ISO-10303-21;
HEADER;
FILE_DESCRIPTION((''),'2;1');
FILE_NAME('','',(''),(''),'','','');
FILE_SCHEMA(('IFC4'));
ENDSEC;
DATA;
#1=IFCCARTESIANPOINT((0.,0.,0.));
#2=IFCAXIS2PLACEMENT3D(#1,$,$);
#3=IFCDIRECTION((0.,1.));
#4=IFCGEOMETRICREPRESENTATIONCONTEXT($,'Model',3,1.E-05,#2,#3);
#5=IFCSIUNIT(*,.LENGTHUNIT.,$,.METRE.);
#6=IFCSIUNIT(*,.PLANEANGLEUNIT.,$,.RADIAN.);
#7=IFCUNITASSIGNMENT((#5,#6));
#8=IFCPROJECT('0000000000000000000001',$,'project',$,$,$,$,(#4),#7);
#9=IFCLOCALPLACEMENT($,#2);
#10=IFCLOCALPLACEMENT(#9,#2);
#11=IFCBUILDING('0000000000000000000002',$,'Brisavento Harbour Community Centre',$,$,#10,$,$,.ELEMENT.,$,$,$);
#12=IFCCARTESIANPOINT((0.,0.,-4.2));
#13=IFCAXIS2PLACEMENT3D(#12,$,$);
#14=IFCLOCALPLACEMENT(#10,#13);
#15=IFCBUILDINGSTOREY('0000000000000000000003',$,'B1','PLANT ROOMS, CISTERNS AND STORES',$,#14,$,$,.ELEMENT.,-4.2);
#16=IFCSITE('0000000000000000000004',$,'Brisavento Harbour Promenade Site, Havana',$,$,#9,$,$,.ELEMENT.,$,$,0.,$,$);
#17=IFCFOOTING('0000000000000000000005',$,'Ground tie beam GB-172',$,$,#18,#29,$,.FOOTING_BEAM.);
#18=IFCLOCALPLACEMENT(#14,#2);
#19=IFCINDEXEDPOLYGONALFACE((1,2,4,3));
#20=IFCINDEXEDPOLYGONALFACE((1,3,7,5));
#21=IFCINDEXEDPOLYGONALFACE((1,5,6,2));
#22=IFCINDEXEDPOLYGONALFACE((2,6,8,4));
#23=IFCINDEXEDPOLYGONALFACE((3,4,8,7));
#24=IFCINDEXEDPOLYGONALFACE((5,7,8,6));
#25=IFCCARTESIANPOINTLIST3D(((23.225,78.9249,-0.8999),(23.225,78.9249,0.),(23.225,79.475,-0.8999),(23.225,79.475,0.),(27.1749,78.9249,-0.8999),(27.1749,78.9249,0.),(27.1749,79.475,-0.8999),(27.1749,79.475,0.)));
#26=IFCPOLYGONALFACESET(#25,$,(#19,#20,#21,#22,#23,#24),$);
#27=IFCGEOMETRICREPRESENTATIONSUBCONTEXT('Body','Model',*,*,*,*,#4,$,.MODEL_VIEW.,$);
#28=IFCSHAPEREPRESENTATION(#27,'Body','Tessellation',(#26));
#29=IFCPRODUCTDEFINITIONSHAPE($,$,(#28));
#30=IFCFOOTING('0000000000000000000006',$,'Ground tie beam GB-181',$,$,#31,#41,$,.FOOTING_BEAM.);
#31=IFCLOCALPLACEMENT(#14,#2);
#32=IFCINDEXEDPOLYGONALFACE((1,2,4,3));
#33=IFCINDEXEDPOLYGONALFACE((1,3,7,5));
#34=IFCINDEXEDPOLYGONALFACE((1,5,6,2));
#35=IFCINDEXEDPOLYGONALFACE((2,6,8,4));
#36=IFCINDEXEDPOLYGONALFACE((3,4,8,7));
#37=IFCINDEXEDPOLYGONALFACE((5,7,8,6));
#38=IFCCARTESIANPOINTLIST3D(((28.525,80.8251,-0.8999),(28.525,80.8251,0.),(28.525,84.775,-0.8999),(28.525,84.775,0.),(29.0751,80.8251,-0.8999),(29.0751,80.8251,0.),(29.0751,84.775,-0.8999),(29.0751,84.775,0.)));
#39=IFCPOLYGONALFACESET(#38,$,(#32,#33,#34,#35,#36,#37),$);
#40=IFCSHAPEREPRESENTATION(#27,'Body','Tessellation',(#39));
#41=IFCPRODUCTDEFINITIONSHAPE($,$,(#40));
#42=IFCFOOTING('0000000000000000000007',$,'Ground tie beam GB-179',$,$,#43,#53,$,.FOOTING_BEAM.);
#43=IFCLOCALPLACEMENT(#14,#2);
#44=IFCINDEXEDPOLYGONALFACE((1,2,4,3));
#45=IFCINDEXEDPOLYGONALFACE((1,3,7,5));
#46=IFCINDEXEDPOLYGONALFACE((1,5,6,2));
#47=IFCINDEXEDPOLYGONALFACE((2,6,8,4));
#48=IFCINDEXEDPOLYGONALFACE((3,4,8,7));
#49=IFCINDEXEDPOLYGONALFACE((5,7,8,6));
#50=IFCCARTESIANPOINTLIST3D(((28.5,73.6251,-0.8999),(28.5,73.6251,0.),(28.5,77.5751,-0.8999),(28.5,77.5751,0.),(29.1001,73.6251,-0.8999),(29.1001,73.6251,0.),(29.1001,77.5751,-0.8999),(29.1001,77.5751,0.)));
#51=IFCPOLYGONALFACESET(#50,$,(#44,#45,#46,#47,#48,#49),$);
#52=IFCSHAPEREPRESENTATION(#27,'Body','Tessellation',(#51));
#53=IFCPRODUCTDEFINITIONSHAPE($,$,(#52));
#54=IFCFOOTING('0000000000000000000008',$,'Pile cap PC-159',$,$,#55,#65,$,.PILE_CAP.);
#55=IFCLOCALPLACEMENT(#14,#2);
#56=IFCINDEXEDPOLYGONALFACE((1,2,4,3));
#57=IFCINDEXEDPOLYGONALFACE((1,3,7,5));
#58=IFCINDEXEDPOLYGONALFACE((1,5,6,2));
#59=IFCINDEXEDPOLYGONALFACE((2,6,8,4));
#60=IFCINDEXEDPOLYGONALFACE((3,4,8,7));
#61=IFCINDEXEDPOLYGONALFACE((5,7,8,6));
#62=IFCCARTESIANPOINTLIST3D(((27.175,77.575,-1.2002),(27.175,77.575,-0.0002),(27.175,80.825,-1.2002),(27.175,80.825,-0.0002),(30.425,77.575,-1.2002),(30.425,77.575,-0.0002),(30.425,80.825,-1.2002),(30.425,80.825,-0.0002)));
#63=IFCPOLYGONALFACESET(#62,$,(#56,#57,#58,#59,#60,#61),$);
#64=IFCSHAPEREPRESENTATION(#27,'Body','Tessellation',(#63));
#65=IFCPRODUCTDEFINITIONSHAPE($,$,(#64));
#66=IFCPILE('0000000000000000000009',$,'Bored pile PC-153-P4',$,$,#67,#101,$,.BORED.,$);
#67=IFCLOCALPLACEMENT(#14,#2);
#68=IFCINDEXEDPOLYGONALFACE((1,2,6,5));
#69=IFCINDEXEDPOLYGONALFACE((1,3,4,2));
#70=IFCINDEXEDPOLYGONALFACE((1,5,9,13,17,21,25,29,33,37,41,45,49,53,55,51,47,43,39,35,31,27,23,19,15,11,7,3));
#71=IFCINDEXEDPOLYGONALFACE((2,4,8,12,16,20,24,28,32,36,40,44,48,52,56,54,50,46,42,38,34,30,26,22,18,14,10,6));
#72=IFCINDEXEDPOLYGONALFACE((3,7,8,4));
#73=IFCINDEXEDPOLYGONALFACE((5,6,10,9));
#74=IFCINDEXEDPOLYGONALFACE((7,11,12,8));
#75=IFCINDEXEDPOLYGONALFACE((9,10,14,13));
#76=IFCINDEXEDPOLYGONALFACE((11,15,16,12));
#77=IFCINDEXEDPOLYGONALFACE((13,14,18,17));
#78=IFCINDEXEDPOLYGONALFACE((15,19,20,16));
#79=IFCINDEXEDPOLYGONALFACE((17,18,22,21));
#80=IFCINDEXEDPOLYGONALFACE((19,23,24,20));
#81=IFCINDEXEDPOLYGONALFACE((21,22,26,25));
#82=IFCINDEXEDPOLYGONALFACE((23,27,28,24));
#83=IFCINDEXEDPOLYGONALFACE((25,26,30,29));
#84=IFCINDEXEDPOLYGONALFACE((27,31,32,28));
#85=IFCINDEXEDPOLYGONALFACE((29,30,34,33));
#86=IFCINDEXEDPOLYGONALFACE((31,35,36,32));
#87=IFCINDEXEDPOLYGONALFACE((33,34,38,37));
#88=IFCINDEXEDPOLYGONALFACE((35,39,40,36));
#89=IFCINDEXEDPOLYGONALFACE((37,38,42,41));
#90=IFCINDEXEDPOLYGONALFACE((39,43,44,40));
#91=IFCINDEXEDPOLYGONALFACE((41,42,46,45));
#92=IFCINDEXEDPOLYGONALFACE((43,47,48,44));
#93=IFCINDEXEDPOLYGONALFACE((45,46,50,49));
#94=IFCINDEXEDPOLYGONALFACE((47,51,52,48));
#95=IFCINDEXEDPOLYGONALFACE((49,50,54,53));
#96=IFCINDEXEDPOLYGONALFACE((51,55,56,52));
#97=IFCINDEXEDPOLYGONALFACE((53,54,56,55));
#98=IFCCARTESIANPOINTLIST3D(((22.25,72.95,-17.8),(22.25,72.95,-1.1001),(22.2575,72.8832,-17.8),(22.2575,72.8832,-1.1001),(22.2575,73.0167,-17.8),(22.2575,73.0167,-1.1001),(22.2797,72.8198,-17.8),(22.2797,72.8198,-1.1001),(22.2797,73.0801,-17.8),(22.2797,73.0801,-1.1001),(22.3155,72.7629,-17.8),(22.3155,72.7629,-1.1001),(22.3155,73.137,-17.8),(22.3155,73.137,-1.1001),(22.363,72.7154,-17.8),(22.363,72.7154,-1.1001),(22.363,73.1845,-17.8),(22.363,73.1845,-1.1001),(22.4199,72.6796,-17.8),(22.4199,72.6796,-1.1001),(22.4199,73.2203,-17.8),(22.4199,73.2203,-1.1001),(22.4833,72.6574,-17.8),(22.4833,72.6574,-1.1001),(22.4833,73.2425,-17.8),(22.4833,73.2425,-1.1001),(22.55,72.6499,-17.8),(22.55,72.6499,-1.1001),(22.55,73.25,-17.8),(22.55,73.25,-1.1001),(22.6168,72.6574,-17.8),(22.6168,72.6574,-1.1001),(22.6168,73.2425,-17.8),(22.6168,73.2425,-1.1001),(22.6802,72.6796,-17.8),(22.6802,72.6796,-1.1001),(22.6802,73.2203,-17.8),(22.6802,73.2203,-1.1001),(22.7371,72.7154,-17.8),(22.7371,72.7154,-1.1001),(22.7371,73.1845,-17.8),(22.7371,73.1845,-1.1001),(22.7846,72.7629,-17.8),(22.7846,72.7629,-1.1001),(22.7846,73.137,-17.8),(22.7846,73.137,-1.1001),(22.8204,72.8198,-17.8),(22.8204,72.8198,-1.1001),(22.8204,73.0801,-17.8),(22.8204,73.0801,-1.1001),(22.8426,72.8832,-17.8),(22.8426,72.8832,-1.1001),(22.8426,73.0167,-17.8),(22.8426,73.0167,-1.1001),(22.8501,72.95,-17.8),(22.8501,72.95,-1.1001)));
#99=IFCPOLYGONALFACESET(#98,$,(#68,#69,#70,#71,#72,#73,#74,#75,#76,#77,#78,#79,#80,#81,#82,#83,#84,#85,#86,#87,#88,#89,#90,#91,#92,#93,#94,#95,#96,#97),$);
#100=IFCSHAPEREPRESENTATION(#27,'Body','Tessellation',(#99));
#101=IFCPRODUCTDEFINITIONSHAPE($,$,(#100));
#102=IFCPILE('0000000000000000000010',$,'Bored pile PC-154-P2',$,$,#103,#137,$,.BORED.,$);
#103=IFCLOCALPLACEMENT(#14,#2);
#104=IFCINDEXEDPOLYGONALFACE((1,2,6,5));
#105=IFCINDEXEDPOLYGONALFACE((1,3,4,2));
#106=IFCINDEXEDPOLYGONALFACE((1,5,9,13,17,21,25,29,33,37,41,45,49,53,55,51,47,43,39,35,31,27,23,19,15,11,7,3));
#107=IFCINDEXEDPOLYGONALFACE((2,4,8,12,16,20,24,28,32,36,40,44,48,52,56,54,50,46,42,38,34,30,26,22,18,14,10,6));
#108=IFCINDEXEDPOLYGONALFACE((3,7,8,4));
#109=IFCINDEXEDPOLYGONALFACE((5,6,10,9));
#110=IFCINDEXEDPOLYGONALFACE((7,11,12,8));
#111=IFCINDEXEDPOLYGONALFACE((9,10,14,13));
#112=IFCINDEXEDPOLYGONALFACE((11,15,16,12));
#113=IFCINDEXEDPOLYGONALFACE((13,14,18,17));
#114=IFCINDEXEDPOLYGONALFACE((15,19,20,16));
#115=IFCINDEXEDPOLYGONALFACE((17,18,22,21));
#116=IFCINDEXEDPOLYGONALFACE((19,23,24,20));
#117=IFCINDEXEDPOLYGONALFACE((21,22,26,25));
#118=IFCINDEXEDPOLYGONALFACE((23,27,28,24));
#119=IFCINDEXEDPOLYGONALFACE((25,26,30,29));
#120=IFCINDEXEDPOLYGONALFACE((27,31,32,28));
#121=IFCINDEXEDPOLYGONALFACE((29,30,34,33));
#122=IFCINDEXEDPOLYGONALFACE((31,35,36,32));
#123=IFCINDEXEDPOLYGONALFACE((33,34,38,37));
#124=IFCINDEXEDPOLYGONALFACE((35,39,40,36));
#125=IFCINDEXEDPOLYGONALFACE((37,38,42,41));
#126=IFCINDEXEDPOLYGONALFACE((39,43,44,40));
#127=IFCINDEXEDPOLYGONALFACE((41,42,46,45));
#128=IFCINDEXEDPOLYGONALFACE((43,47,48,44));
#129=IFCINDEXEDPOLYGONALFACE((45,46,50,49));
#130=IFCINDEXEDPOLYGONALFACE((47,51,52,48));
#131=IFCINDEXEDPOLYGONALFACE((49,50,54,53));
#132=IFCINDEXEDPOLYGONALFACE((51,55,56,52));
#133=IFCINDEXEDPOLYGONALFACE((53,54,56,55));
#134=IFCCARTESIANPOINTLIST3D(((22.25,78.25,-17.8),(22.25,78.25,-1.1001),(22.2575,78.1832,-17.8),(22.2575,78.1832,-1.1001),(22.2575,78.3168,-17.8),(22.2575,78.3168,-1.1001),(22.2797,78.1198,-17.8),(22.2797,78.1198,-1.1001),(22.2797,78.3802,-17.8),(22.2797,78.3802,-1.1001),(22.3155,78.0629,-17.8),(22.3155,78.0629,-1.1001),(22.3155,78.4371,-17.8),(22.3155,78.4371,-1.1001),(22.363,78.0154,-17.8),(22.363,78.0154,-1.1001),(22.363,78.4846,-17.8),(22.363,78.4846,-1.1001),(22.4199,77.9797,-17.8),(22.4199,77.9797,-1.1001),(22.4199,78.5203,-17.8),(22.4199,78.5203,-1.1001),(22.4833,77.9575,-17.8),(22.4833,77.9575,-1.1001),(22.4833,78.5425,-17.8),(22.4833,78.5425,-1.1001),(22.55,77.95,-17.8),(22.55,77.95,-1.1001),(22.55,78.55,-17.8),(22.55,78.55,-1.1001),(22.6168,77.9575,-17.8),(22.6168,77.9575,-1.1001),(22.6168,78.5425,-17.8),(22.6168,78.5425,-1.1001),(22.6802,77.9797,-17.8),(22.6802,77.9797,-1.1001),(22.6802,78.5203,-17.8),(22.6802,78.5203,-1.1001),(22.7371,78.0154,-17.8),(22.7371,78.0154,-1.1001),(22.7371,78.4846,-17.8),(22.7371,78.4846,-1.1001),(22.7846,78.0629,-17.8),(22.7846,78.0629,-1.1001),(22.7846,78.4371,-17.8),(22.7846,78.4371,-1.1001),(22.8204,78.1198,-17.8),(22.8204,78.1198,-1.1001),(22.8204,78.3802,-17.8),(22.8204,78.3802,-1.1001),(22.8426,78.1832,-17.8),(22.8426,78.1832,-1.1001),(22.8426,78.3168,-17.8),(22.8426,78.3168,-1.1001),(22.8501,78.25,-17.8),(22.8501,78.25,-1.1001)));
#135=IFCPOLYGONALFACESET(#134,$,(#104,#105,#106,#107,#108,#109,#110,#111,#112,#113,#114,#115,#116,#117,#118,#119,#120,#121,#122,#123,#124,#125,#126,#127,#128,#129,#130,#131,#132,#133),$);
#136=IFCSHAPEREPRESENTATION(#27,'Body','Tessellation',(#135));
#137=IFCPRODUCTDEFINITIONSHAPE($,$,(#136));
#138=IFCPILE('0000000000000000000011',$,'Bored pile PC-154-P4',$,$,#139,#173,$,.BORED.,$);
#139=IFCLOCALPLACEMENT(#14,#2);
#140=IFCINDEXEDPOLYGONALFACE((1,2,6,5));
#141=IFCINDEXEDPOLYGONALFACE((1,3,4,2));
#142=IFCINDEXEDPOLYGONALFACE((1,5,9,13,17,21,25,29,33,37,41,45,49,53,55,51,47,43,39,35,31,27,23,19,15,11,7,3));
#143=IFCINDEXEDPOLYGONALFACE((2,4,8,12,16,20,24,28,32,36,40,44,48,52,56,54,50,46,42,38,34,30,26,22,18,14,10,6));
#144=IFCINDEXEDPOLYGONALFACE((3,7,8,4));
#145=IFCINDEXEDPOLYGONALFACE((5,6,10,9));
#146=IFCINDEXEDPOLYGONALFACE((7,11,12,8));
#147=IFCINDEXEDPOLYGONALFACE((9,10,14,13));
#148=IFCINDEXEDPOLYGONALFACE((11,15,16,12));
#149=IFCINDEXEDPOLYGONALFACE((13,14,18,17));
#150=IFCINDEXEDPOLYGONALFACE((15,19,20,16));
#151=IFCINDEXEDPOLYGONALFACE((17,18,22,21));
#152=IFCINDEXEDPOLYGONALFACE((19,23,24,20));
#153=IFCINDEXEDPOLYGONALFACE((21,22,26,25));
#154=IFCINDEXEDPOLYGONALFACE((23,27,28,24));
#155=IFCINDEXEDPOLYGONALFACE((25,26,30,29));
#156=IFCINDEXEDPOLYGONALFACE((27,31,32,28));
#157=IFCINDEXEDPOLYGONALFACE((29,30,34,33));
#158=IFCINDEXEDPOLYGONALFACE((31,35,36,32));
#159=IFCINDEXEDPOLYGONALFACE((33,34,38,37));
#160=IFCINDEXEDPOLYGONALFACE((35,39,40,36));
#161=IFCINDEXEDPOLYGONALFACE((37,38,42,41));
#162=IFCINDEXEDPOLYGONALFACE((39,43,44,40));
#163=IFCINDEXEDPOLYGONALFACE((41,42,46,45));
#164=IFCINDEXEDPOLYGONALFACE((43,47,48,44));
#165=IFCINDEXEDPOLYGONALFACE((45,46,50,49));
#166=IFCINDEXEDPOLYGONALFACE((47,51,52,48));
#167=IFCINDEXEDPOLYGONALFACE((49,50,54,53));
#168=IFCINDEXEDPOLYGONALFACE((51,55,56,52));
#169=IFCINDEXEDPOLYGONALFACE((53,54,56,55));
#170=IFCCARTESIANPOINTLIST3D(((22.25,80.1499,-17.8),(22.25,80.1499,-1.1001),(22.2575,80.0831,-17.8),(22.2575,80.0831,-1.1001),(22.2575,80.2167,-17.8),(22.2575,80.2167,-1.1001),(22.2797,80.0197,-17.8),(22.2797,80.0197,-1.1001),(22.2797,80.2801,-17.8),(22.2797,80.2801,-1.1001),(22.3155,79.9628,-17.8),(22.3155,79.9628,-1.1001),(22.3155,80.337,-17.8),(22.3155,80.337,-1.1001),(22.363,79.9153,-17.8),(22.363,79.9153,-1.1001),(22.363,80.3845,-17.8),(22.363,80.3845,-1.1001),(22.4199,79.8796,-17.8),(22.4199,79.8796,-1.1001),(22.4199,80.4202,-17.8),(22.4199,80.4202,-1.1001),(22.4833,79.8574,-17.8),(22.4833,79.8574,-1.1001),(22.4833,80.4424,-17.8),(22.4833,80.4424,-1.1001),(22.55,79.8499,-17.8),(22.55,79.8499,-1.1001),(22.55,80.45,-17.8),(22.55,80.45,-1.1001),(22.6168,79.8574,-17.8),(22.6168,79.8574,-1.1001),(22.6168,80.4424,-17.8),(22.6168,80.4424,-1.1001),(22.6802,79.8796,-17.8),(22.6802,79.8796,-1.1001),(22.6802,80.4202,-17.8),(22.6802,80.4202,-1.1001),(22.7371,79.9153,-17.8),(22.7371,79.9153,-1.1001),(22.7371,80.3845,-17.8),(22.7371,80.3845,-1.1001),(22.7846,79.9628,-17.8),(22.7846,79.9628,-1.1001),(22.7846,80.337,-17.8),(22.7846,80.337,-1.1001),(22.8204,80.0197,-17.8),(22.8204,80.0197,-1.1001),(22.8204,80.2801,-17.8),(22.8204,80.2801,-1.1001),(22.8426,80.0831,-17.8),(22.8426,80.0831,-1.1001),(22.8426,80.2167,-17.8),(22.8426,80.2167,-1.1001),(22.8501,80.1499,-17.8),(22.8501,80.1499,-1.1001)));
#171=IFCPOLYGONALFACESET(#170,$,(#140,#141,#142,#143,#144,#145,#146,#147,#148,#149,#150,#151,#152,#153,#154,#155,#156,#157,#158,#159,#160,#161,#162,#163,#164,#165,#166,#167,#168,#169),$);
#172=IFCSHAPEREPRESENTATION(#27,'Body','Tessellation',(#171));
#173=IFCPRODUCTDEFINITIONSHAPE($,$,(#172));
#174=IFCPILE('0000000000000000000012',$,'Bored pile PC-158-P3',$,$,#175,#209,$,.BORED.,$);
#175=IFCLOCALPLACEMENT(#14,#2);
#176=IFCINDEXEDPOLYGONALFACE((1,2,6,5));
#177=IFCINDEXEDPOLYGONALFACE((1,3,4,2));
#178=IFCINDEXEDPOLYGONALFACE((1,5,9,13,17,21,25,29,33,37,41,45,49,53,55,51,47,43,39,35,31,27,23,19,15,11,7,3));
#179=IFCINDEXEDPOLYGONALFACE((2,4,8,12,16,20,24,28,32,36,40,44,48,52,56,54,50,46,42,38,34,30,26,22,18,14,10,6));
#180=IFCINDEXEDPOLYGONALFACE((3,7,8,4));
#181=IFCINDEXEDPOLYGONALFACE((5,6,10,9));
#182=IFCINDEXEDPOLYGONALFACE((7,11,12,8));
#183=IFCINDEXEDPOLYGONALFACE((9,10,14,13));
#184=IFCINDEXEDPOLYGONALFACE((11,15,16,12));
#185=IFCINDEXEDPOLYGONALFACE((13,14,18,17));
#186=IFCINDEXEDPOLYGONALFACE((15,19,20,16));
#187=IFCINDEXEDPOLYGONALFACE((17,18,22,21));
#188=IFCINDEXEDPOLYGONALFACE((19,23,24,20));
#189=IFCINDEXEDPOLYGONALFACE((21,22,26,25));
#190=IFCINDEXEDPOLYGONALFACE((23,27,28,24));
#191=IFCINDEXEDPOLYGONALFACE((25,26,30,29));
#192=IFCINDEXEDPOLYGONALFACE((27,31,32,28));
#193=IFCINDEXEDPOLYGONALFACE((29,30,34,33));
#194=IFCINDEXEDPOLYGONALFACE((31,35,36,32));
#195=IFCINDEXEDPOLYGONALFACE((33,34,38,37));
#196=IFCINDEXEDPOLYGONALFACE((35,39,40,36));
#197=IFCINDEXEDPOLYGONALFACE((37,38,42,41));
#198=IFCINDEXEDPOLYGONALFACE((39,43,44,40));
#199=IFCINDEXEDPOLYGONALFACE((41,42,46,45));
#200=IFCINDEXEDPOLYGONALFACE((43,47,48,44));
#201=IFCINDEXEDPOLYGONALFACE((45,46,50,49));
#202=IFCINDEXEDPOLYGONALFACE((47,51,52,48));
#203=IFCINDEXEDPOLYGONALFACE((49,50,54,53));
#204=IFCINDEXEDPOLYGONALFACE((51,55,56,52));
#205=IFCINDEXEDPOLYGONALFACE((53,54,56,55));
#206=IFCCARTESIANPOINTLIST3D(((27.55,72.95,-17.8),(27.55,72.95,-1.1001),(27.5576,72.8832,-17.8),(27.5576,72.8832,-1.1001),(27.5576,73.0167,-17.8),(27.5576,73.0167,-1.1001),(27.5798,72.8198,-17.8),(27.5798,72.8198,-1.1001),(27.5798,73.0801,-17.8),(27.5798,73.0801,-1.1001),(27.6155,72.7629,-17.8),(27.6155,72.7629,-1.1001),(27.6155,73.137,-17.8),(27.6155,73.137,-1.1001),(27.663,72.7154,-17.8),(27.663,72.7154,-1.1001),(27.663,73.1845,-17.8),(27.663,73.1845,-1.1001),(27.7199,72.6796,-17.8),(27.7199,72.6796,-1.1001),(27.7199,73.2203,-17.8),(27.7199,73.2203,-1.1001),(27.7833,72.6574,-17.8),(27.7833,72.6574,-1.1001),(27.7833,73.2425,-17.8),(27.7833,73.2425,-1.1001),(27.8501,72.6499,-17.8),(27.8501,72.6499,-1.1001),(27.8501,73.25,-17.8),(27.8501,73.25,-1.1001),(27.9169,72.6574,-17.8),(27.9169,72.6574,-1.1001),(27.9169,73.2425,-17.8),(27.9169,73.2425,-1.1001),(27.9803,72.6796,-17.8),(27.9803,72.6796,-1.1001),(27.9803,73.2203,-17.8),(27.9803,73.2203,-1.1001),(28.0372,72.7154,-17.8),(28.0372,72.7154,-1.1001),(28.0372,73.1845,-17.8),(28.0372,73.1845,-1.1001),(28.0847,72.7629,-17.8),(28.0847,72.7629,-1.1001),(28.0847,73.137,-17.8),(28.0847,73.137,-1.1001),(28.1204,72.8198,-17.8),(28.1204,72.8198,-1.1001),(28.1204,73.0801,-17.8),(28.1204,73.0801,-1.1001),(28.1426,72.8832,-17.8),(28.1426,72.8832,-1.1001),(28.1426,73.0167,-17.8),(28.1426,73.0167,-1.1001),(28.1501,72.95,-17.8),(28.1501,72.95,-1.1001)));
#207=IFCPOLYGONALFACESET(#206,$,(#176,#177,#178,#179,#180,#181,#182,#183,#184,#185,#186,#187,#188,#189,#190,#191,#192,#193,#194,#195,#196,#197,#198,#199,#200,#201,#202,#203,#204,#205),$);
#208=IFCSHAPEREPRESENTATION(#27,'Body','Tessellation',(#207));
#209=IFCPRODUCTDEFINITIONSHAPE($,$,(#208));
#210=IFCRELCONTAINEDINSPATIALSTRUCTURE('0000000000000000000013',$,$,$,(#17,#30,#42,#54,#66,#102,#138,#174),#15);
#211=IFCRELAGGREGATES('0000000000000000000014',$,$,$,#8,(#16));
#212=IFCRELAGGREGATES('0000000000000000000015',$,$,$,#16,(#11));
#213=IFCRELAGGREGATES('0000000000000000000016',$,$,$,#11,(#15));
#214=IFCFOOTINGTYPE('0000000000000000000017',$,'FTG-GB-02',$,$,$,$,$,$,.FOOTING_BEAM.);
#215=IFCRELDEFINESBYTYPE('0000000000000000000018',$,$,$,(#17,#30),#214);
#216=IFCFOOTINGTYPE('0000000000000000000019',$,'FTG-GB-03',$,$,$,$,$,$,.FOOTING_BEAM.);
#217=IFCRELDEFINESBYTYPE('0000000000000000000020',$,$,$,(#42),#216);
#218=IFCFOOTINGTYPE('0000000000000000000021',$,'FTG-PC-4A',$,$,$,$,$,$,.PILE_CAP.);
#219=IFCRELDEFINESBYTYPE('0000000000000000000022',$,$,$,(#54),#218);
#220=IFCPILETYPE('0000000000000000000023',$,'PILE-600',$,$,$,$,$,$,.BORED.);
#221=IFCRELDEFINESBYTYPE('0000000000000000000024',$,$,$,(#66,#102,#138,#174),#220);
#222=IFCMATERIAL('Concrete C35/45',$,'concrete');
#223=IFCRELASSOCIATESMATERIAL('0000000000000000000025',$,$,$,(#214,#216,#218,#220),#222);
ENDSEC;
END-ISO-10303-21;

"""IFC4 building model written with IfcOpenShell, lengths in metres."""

from ifc_helpers import new_model, si_unit, direction, frame, origin, origin_2d, place, context, subcontext, project, spatial, rectangle, circle, extrude, material, material_profile, profile_set, type_object, element, save


model = new_model("IFC4")

# Units and contexts
model_context = context("Model", 3, precision=1e-05, world=origin(), true_north=direction((0.0, 1.0)))
body_context = subcontext(model_context, "Body", "Model", "MODEL_VIEW")
ifc_project = project(units=[si_unit("LENGTHUNIT", "METRE"), si_unit("PLANEANGLEUNIT", "RADIAN")], contexts=[model_context])

# Site, building, storey
site_placement = place(None, origin())
site = spatial("IfcSite", under=ifc_project, at=site_placement, Name="Brisavento Harbour Promenade Site, Havana", CompositionType="ELEMENT", RefElevation=0.0)
building_placement = place(site_placement, origin())
building = spatial("IfcBuilding", under=site, at=building_placement, Name="Brisavento Harbour Community Centre", CompositionType="ELEMENT")
storey_placement = place(building_placement, frame((0.0, 0.0, -4.2)))
storey = spatial("IfcBuildingStorey", under=building, at=storey_placement, Name="B1", Description="PLANT ROOMS, CISTERNS AND STORES", CompositionType="ELEMENT", Elevation=-4.2)

# Footings
ifc_material = material(Name="Concrete C35/45", Category="concrete")
footing_type_1 = type_object("IfcFootingType", Name="FTG-GB-02", PredefinedType="FOOTING_BEAM", material=ifc_material)
footing_1_placement = place(storey_placement, frame((25.2, 79.2, -0.8999), z_axis=(0.0, 0.0, 1.0), x_axis=(1.0, 0.0, 0.0)))
element("IfcFooting", 1, at=footing_1_placement, inside=storey, type_object=footing_type_1, Name="Ground tie beam GB-172", PredefinedType="FOOTING_BEAM", context=body_context, shape_type="SweptSolid", body=[
    extrude(rectangle(XDim=3.95, YDim=0.55, at=origin_2d()), origin(), (0.0, 0.0, 1.0), 0.8999),
])
footing_2_placement = place(storey_placement, frame((28.8, 82.8, -0.8999), z_axis=(0.0, 0.0, 1.0), x_axis=(1.0, 0.0, 0.0)))
element("IfcFooting", 2, at=footing_2_placement, inside=storey, type_object=footing_type_1, Name="Ground tie beam GB-181", PredefinedType="FOOTING_BEAM", context=body_context, shape_type="SweptSolid", body=[
    extrude(rectangle(XDim=0.55, YDim=3.95, at=origin_2d()), origin(), (0.0, 0.0, 1.0), 0.8999),
])
footing_type_2 = type_object("IfcFootingType", Name="FTG-GB-03", PredefinedType="FOOTING_BEAM", material=ifc_material)
footing_3_placement = place(storey_placement, frame((28.8, 75.6001, -0.8999), z_axis=(0.0, 0.0, 1.0), x_axis=(1.0, 0.0, 0.0)))
element("IfcFooting", 3, at=footing_3_placement, inside=storey, type_object=footing_type_2, Name="Ground tie beam GB-179", PredefinedType="FOOTING_BEAM", context=body_context, shape_type="SweptSolid", body=[
    extrude(rectangle(XDim=0.6001, YDim=3.95, at=origin_2d()), origin(), (0.0, 0.0, 1.0), 0.8999),
])
footing_type_3 = type_object("IfcFootingType", Name="FTG-PC-4A", PredefinedType="PILE_CAP", material=ifc_material)
footing_4_placement = place(storey_placement, frame((28.8, 79.2, -1.2002), z_axis=(0.0, 0.0, 1.0), x_axis=(1.0, 0.0, 0.0)))
element("IfcFooting", 4, at=footing_4_placement, inside=storey, type_object=footing_type_3, Name="Pile cap PC-159", PredefinedType="PILE_CAP", context=body_context, shape_type="SweptSolid", body=[
    extrude(rectangle(XDim=3.25, YDim=3.25, at=origin_2d()), origin(), (0.0, 0.0, 1.0), 1.2),
])

# Piles
ifc_material_profile_1 = material_profile(ifc_material, circle(Radius=0.3, at=origin_2d()), Name="Concrete C35/45")
ifc_profile_set_1 = profile_set([ifc_material_profile_1], Name="Concrete C35/45")
pile_type = type_object("IfcPileType", Name="PILE-600", PredefinedType="BORED", material=ifc_profile_set_1)
for number, where, z_axis, x_axis, name in (
    (5, (22.55, 72.95, -1.1001), (0.0, 0.0, -1.0), (1.0, 0.0, 0.0), "Bored pile PC-153-P4"),
    (6, (22.55, 78.25, -1.1001), (0.0, 0.0, -1.0), (1.0, 0.0, 0.0), "Bored pile PC-154-P2"),
    (7, (22.55, 80.1499, -1.1001), (0.0, 0.0, -1.0), (1.0, 0.0, 0.0), "Bored pile PC-154-P4"),
    (8, (27.8501, 72.95, -1.1001), (0.0, 0.0, -1.0), (1.0, 0.0, 0.0), "Bored pile PC-158-P3"),
):
    element("IfcPile", number, at=place(storey_placement, frame(where, z_axis=z_axis, x_axis=x_axis)), inside=storey, type_object=pile_type, Name=name, PredefinedType="BORED", context=body_context, shape_type="SweptSolid", body=[
        extrude(circle(Radius=0.3, at=origin_2d()), origin(), (0.0, 0.0, 1.0), 16.7),
    ])

save(model, "model.ifc")
